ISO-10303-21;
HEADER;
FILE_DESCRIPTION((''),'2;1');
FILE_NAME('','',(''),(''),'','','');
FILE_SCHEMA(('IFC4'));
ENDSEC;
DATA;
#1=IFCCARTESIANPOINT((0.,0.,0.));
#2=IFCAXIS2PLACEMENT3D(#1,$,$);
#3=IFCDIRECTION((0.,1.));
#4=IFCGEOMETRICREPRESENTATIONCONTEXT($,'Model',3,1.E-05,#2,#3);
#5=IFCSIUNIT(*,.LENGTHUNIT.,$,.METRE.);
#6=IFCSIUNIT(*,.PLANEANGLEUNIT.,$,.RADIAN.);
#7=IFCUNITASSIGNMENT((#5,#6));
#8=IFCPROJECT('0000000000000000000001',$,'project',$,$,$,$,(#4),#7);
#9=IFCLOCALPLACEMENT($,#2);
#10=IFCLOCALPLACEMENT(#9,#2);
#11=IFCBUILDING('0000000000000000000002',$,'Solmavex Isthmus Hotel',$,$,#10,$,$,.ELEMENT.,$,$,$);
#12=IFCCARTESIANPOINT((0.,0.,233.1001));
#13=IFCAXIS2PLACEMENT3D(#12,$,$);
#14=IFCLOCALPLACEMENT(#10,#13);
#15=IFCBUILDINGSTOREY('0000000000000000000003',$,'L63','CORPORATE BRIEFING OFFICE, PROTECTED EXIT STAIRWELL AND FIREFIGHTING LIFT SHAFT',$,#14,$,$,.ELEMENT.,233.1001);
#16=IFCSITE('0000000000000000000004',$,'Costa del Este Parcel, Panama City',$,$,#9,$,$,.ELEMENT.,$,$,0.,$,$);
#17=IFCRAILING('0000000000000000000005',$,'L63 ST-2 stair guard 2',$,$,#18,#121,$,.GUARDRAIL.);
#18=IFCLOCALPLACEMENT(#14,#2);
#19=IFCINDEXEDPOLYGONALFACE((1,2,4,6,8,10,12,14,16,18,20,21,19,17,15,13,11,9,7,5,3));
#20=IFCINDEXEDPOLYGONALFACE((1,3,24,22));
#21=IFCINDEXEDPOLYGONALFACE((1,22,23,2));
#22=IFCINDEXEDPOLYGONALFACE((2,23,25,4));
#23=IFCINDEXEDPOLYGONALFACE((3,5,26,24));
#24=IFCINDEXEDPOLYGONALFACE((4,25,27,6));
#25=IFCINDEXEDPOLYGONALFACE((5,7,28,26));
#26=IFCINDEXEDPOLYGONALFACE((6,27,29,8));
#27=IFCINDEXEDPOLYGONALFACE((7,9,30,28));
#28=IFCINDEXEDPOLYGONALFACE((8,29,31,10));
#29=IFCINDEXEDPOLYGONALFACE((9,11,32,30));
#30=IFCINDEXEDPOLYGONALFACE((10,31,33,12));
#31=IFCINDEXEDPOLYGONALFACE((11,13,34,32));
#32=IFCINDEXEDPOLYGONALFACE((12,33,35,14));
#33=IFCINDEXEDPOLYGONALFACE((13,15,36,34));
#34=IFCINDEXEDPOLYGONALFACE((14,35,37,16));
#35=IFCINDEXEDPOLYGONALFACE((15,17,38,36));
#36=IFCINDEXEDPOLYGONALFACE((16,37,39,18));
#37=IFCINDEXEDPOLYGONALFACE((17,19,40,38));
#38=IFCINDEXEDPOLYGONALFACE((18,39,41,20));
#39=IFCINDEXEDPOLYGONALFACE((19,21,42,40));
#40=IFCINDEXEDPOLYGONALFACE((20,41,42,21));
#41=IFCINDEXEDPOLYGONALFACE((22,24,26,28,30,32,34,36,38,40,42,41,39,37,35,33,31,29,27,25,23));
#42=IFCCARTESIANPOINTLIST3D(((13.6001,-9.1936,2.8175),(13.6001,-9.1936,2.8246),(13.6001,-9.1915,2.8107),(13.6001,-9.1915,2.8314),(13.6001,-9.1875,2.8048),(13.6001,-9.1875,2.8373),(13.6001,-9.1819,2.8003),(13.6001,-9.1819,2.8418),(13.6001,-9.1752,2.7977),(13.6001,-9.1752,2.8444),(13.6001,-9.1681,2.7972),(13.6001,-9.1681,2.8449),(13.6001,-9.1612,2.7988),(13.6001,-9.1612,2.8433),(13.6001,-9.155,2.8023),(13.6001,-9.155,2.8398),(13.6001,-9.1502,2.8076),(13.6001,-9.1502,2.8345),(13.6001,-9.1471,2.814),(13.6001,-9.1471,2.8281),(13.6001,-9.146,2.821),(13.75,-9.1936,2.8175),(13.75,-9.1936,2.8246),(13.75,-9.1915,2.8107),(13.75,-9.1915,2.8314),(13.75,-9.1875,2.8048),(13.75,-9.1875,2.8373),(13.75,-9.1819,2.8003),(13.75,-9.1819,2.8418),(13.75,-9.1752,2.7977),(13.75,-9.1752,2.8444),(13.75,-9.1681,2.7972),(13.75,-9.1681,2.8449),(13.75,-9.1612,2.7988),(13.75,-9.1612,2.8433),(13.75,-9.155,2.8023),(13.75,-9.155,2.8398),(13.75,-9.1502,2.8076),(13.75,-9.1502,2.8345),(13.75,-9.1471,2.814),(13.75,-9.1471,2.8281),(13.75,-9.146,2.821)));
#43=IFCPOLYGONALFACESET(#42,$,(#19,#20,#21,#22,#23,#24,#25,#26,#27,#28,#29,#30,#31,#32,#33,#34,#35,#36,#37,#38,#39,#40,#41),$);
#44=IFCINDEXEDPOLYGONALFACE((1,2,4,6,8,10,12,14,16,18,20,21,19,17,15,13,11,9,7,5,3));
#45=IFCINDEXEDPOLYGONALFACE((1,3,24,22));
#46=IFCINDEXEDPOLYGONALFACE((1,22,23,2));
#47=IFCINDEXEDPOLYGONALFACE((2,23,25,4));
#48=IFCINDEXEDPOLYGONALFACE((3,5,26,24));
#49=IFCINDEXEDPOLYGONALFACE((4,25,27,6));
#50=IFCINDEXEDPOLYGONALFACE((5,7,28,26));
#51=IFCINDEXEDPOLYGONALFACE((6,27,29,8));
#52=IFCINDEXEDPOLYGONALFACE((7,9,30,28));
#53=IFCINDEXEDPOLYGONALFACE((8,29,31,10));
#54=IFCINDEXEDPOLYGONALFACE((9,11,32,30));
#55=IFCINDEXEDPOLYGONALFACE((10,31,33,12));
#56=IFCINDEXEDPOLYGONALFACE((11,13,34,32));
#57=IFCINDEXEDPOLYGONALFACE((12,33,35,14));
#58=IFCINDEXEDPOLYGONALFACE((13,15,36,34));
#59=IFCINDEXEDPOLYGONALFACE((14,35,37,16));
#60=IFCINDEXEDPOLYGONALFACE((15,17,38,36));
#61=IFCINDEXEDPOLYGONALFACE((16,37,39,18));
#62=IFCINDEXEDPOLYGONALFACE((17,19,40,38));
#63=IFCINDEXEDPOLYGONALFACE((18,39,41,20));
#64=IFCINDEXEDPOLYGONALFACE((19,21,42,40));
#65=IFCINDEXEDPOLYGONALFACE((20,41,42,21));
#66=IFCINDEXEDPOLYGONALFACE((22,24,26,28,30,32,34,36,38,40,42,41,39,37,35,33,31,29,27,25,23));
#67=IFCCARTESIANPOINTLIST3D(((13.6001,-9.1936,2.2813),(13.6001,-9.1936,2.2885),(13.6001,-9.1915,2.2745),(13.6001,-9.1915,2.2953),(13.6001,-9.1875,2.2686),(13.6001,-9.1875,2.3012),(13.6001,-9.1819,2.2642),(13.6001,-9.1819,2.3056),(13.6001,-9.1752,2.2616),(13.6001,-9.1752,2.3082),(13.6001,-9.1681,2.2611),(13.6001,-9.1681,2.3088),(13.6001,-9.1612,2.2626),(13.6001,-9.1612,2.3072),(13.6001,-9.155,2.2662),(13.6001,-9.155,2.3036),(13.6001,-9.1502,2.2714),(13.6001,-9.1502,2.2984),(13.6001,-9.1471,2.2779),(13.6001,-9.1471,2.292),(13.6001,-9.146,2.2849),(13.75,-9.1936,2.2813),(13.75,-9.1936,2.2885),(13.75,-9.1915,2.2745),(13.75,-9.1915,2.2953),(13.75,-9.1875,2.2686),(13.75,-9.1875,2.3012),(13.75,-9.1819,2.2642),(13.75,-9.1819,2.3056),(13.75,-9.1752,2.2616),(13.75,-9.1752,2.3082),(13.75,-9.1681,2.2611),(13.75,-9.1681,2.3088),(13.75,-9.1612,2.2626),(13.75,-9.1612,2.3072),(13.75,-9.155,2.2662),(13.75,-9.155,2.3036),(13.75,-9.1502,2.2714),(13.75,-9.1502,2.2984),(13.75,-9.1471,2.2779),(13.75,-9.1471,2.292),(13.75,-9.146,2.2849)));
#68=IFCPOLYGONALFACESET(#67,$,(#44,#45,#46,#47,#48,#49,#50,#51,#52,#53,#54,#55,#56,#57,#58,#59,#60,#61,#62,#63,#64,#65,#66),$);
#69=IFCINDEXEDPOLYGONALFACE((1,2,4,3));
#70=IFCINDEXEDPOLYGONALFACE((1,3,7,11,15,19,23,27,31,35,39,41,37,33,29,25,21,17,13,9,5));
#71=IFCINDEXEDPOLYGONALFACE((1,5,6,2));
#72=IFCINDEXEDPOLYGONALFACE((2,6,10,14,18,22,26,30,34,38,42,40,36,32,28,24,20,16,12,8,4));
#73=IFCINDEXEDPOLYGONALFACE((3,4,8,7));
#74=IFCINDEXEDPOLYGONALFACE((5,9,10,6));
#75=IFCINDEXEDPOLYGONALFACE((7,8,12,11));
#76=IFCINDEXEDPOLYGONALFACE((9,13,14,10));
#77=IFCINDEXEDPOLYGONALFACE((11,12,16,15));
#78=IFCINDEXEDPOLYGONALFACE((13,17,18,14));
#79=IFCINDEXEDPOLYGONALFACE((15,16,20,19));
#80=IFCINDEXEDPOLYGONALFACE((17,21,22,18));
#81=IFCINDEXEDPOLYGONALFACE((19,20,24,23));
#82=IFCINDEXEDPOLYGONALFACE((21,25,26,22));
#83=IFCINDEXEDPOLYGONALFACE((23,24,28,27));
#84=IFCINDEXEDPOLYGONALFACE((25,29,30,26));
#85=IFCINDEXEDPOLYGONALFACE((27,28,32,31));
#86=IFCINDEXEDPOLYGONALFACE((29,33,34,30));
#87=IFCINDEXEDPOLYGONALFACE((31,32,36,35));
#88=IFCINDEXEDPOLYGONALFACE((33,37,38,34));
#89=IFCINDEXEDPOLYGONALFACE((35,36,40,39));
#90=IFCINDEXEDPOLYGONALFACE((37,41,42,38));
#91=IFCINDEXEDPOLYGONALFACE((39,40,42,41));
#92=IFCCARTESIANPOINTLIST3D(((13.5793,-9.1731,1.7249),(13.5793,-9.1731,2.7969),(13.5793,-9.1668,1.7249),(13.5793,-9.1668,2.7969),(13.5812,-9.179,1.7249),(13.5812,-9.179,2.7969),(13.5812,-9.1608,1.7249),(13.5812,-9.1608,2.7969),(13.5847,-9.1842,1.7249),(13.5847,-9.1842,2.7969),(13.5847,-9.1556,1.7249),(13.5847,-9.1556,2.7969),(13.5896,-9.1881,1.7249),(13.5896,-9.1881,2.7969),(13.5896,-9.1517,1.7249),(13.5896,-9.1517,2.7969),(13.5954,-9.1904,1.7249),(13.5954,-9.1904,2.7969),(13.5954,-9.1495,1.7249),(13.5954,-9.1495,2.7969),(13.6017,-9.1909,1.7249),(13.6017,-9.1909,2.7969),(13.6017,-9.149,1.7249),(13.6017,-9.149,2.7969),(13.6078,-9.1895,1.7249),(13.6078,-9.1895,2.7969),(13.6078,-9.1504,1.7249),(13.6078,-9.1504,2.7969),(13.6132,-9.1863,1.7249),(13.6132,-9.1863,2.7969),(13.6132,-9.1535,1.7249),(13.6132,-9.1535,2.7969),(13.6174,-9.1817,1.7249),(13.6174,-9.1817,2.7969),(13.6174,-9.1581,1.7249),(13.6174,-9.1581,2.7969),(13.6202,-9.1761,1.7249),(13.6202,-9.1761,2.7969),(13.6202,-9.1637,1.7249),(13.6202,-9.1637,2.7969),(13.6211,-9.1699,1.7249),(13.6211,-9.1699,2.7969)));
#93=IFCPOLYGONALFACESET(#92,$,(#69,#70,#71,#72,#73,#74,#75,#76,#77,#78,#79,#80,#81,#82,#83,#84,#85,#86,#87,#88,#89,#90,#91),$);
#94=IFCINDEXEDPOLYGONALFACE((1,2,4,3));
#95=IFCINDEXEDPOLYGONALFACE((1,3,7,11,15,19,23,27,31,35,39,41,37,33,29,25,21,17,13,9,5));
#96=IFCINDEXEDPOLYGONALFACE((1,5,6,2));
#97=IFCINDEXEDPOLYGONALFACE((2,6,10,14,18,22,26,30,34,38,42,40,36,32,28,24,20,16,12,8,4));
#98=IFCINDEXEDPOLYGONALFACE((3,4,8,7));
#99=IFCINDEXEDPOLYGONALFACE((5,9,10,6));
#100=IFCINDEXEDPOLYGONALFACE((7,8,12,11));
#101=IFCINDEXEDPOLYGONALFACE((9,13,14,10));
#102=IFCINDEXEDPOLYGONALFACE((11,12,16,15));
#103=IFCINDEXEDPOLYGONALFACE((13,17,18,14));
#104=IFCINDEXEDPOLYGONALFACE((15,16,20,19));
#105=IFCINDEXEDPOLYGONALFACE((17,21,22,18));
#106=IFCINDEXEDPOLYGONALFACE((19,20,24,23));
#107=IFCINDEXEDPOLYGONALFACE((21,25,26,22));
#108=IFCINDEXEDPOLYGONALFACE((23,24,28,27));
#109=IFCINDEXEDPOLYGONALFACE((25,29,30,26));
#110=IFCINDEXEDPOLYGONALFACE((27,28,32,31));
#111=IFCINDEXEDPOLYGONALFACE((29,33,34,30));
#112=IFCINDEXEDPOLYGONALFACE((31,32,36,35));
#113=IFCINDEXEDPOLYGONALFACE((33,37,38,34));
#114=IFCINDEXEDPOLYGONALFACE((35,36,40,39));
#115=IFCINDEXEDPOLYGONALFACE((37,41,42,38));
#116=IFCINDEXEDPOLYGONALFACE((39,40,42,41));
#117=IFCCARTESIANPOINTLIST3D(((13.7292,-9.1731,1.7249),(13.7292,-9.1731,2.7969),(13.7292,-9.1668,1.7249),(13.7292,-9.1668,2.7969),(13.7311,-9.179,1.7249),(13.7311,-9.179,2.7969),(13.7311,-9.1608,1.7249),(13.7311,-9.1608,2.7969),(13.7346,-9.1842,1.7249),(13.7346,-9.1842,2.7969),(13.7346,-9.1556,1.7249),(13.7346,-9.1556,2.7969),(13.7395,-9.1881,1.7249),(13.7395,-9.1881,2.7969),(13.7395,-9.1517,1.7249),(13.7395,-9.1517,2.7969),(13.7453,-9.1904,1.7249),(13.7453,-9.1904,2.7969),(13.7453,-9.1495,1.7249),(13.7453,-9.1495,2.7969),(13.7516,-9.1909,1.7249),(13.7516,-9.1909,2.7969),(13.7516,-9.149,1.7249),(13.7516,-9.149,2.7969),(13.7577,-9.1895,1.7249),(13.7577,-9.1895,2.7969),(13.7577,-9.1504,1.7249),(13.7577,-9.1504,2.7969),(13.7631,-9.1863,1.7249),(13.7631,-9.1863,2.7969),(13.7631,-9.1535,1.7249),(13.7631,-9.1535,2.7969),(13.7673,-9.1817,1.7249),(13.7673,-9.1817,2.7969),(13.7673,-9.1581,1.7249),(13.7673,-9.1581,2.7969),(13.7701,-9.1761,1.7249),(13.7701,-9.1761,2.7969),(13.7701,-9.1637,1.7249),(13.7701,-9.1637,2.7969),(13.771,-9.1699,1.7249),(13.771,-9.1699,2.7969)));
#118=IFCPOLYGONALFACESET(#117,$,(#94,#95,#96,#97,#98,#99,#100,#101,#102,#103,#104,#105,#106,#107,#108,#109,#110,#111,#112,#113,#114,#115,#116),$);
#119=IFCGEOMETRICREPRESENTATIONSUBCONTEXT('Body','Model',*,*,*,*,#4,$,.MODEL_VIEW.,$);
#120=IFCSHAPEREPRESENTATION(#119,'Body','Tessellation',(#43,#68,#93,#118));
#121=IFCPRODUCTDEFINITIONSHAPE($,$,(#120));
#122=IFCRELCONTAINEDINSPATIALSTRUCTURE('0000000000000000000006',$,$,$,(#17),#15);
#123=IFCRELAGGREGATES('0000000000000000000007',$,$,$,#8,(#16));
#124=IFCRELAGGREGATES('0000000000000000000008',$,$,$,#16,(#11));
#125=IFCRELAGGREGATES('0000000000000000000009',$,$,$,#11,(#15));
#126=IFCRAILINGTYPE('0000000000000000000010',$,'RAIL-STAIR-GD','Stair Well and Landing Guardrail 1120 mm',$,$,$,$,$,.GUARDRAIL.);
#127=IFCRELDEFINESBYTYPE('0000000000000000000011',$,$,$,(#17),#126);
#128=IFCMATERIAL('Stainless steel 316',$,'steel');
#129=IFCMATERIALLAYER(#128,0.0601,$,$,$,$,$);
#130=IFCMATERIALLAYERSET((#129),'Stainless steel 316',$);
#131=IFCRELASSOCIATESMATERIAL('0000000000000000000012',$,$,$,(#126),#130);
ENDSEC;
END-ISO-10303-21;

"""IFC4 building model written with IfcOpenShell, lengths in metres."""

from ifc_helpers import new_model, si_unit, direction, frame, origin, origin_2d, place, context, subcontext, project, spatial, circle, extrude, material, layer, layer_set, type_object, element, save


model = new_model("IFC4")

# Units and contexts
model_context = context("Model", 3, precision=1e-05, world=origin(), true_north=direction((0.0, 1.0)))
body_context = subcontext(model_context, "Body", "Model", "MODEL_VIEW")
ifc_project = project(units=[si_unit("LENGTHUNIT", "METRE"), si_unit("PLANEANGLEUNIT", "RADIAN")], contexts=[model_context])

# Site, building, storey
site_placement = place(None, origin())
site = spatial("IfcSite", under=ifc_project, at=site_placement, Name="Costa del Este Parcel, Panama City", CompositionType="ELEMENT", RefElevation=0.0)
building_placement = place(site_placement, origin())
building = spatial("IfcBuilding", under=site, at=building_placement, Name="Solmavex Isthmus Hotel", CompositionType="ELEMENT")
storey_placement = place(building_placement, frame((0.0, 0.0, 233.1001)))
storey = spatial("IfcBuildingStorey", under=building, at=storey_placement, Name="L63", Description="CORPORATE BRIEFING OFFICE, PROTECTED EXIT STAIRWELL AND FIREFIGHTING LIFT SHAFT", CompositionType="ELEMENT", Elevation=233.1001)

# Shared definitions
ifc_material_1 = material(Name="Stainless steel 316", Category="steel")

# Railing
ifc_layer_1 = layer(ifc_material_1, 0.0601)
ifc_layer_set_1 = layer_set([ifc_layer_1], Name="Stainless steel 316")
railing_type_1 = type_object("IfcRailingType", Name="RAIL-STAIR-GD", Description="Stair Well and Landing Guardrail 1120 mm", PredefinedType="GUARDRAIL", material=ifc_layer_set_1)
railing_1_placement = place(storey_placement, frame((13.6001, -9.1699, 1.7249)))
element("IfcRailing", 1, at=railing_1_placement, inside=storey, type_object=railing_type_1, Name="L63 ST-2 stair guard 2", PredefinedType="GUARDRAIL", context=body_context, shape_type="SweptSolid", body=[
    extrude(circle(Radius=0.0239, at=origin_2d()), frame((0.0, 0.0, 1.0962), z_axis=(1.0, 0.0, 0.0), x_axis=(0.0, 1.0, 0.0)), (0.0, 0.0, 1.0), 0.1499),
    extrude(circle(Radius=0.0239, at=origin_2d()), frame((0.0, 0.0, 0.5601), z_axis=(1.0, 0.0, 0.0), x_axis=(0.0, 1.0, 0.0)), (0.0, 0.0, 1.0), 0.1499),
    extrude(circle(Radius=0.021, at=origin_2d()), origin(), (0.0, 0.0, 1.0), 1.072),
    extrude(circle(Radius=0.021, at=origin_2d()), frame((0.1499, 0.0, 0.0)), (0.0, 0.0, 1.0), 1.072),
])

save(model, "model.ifc")
